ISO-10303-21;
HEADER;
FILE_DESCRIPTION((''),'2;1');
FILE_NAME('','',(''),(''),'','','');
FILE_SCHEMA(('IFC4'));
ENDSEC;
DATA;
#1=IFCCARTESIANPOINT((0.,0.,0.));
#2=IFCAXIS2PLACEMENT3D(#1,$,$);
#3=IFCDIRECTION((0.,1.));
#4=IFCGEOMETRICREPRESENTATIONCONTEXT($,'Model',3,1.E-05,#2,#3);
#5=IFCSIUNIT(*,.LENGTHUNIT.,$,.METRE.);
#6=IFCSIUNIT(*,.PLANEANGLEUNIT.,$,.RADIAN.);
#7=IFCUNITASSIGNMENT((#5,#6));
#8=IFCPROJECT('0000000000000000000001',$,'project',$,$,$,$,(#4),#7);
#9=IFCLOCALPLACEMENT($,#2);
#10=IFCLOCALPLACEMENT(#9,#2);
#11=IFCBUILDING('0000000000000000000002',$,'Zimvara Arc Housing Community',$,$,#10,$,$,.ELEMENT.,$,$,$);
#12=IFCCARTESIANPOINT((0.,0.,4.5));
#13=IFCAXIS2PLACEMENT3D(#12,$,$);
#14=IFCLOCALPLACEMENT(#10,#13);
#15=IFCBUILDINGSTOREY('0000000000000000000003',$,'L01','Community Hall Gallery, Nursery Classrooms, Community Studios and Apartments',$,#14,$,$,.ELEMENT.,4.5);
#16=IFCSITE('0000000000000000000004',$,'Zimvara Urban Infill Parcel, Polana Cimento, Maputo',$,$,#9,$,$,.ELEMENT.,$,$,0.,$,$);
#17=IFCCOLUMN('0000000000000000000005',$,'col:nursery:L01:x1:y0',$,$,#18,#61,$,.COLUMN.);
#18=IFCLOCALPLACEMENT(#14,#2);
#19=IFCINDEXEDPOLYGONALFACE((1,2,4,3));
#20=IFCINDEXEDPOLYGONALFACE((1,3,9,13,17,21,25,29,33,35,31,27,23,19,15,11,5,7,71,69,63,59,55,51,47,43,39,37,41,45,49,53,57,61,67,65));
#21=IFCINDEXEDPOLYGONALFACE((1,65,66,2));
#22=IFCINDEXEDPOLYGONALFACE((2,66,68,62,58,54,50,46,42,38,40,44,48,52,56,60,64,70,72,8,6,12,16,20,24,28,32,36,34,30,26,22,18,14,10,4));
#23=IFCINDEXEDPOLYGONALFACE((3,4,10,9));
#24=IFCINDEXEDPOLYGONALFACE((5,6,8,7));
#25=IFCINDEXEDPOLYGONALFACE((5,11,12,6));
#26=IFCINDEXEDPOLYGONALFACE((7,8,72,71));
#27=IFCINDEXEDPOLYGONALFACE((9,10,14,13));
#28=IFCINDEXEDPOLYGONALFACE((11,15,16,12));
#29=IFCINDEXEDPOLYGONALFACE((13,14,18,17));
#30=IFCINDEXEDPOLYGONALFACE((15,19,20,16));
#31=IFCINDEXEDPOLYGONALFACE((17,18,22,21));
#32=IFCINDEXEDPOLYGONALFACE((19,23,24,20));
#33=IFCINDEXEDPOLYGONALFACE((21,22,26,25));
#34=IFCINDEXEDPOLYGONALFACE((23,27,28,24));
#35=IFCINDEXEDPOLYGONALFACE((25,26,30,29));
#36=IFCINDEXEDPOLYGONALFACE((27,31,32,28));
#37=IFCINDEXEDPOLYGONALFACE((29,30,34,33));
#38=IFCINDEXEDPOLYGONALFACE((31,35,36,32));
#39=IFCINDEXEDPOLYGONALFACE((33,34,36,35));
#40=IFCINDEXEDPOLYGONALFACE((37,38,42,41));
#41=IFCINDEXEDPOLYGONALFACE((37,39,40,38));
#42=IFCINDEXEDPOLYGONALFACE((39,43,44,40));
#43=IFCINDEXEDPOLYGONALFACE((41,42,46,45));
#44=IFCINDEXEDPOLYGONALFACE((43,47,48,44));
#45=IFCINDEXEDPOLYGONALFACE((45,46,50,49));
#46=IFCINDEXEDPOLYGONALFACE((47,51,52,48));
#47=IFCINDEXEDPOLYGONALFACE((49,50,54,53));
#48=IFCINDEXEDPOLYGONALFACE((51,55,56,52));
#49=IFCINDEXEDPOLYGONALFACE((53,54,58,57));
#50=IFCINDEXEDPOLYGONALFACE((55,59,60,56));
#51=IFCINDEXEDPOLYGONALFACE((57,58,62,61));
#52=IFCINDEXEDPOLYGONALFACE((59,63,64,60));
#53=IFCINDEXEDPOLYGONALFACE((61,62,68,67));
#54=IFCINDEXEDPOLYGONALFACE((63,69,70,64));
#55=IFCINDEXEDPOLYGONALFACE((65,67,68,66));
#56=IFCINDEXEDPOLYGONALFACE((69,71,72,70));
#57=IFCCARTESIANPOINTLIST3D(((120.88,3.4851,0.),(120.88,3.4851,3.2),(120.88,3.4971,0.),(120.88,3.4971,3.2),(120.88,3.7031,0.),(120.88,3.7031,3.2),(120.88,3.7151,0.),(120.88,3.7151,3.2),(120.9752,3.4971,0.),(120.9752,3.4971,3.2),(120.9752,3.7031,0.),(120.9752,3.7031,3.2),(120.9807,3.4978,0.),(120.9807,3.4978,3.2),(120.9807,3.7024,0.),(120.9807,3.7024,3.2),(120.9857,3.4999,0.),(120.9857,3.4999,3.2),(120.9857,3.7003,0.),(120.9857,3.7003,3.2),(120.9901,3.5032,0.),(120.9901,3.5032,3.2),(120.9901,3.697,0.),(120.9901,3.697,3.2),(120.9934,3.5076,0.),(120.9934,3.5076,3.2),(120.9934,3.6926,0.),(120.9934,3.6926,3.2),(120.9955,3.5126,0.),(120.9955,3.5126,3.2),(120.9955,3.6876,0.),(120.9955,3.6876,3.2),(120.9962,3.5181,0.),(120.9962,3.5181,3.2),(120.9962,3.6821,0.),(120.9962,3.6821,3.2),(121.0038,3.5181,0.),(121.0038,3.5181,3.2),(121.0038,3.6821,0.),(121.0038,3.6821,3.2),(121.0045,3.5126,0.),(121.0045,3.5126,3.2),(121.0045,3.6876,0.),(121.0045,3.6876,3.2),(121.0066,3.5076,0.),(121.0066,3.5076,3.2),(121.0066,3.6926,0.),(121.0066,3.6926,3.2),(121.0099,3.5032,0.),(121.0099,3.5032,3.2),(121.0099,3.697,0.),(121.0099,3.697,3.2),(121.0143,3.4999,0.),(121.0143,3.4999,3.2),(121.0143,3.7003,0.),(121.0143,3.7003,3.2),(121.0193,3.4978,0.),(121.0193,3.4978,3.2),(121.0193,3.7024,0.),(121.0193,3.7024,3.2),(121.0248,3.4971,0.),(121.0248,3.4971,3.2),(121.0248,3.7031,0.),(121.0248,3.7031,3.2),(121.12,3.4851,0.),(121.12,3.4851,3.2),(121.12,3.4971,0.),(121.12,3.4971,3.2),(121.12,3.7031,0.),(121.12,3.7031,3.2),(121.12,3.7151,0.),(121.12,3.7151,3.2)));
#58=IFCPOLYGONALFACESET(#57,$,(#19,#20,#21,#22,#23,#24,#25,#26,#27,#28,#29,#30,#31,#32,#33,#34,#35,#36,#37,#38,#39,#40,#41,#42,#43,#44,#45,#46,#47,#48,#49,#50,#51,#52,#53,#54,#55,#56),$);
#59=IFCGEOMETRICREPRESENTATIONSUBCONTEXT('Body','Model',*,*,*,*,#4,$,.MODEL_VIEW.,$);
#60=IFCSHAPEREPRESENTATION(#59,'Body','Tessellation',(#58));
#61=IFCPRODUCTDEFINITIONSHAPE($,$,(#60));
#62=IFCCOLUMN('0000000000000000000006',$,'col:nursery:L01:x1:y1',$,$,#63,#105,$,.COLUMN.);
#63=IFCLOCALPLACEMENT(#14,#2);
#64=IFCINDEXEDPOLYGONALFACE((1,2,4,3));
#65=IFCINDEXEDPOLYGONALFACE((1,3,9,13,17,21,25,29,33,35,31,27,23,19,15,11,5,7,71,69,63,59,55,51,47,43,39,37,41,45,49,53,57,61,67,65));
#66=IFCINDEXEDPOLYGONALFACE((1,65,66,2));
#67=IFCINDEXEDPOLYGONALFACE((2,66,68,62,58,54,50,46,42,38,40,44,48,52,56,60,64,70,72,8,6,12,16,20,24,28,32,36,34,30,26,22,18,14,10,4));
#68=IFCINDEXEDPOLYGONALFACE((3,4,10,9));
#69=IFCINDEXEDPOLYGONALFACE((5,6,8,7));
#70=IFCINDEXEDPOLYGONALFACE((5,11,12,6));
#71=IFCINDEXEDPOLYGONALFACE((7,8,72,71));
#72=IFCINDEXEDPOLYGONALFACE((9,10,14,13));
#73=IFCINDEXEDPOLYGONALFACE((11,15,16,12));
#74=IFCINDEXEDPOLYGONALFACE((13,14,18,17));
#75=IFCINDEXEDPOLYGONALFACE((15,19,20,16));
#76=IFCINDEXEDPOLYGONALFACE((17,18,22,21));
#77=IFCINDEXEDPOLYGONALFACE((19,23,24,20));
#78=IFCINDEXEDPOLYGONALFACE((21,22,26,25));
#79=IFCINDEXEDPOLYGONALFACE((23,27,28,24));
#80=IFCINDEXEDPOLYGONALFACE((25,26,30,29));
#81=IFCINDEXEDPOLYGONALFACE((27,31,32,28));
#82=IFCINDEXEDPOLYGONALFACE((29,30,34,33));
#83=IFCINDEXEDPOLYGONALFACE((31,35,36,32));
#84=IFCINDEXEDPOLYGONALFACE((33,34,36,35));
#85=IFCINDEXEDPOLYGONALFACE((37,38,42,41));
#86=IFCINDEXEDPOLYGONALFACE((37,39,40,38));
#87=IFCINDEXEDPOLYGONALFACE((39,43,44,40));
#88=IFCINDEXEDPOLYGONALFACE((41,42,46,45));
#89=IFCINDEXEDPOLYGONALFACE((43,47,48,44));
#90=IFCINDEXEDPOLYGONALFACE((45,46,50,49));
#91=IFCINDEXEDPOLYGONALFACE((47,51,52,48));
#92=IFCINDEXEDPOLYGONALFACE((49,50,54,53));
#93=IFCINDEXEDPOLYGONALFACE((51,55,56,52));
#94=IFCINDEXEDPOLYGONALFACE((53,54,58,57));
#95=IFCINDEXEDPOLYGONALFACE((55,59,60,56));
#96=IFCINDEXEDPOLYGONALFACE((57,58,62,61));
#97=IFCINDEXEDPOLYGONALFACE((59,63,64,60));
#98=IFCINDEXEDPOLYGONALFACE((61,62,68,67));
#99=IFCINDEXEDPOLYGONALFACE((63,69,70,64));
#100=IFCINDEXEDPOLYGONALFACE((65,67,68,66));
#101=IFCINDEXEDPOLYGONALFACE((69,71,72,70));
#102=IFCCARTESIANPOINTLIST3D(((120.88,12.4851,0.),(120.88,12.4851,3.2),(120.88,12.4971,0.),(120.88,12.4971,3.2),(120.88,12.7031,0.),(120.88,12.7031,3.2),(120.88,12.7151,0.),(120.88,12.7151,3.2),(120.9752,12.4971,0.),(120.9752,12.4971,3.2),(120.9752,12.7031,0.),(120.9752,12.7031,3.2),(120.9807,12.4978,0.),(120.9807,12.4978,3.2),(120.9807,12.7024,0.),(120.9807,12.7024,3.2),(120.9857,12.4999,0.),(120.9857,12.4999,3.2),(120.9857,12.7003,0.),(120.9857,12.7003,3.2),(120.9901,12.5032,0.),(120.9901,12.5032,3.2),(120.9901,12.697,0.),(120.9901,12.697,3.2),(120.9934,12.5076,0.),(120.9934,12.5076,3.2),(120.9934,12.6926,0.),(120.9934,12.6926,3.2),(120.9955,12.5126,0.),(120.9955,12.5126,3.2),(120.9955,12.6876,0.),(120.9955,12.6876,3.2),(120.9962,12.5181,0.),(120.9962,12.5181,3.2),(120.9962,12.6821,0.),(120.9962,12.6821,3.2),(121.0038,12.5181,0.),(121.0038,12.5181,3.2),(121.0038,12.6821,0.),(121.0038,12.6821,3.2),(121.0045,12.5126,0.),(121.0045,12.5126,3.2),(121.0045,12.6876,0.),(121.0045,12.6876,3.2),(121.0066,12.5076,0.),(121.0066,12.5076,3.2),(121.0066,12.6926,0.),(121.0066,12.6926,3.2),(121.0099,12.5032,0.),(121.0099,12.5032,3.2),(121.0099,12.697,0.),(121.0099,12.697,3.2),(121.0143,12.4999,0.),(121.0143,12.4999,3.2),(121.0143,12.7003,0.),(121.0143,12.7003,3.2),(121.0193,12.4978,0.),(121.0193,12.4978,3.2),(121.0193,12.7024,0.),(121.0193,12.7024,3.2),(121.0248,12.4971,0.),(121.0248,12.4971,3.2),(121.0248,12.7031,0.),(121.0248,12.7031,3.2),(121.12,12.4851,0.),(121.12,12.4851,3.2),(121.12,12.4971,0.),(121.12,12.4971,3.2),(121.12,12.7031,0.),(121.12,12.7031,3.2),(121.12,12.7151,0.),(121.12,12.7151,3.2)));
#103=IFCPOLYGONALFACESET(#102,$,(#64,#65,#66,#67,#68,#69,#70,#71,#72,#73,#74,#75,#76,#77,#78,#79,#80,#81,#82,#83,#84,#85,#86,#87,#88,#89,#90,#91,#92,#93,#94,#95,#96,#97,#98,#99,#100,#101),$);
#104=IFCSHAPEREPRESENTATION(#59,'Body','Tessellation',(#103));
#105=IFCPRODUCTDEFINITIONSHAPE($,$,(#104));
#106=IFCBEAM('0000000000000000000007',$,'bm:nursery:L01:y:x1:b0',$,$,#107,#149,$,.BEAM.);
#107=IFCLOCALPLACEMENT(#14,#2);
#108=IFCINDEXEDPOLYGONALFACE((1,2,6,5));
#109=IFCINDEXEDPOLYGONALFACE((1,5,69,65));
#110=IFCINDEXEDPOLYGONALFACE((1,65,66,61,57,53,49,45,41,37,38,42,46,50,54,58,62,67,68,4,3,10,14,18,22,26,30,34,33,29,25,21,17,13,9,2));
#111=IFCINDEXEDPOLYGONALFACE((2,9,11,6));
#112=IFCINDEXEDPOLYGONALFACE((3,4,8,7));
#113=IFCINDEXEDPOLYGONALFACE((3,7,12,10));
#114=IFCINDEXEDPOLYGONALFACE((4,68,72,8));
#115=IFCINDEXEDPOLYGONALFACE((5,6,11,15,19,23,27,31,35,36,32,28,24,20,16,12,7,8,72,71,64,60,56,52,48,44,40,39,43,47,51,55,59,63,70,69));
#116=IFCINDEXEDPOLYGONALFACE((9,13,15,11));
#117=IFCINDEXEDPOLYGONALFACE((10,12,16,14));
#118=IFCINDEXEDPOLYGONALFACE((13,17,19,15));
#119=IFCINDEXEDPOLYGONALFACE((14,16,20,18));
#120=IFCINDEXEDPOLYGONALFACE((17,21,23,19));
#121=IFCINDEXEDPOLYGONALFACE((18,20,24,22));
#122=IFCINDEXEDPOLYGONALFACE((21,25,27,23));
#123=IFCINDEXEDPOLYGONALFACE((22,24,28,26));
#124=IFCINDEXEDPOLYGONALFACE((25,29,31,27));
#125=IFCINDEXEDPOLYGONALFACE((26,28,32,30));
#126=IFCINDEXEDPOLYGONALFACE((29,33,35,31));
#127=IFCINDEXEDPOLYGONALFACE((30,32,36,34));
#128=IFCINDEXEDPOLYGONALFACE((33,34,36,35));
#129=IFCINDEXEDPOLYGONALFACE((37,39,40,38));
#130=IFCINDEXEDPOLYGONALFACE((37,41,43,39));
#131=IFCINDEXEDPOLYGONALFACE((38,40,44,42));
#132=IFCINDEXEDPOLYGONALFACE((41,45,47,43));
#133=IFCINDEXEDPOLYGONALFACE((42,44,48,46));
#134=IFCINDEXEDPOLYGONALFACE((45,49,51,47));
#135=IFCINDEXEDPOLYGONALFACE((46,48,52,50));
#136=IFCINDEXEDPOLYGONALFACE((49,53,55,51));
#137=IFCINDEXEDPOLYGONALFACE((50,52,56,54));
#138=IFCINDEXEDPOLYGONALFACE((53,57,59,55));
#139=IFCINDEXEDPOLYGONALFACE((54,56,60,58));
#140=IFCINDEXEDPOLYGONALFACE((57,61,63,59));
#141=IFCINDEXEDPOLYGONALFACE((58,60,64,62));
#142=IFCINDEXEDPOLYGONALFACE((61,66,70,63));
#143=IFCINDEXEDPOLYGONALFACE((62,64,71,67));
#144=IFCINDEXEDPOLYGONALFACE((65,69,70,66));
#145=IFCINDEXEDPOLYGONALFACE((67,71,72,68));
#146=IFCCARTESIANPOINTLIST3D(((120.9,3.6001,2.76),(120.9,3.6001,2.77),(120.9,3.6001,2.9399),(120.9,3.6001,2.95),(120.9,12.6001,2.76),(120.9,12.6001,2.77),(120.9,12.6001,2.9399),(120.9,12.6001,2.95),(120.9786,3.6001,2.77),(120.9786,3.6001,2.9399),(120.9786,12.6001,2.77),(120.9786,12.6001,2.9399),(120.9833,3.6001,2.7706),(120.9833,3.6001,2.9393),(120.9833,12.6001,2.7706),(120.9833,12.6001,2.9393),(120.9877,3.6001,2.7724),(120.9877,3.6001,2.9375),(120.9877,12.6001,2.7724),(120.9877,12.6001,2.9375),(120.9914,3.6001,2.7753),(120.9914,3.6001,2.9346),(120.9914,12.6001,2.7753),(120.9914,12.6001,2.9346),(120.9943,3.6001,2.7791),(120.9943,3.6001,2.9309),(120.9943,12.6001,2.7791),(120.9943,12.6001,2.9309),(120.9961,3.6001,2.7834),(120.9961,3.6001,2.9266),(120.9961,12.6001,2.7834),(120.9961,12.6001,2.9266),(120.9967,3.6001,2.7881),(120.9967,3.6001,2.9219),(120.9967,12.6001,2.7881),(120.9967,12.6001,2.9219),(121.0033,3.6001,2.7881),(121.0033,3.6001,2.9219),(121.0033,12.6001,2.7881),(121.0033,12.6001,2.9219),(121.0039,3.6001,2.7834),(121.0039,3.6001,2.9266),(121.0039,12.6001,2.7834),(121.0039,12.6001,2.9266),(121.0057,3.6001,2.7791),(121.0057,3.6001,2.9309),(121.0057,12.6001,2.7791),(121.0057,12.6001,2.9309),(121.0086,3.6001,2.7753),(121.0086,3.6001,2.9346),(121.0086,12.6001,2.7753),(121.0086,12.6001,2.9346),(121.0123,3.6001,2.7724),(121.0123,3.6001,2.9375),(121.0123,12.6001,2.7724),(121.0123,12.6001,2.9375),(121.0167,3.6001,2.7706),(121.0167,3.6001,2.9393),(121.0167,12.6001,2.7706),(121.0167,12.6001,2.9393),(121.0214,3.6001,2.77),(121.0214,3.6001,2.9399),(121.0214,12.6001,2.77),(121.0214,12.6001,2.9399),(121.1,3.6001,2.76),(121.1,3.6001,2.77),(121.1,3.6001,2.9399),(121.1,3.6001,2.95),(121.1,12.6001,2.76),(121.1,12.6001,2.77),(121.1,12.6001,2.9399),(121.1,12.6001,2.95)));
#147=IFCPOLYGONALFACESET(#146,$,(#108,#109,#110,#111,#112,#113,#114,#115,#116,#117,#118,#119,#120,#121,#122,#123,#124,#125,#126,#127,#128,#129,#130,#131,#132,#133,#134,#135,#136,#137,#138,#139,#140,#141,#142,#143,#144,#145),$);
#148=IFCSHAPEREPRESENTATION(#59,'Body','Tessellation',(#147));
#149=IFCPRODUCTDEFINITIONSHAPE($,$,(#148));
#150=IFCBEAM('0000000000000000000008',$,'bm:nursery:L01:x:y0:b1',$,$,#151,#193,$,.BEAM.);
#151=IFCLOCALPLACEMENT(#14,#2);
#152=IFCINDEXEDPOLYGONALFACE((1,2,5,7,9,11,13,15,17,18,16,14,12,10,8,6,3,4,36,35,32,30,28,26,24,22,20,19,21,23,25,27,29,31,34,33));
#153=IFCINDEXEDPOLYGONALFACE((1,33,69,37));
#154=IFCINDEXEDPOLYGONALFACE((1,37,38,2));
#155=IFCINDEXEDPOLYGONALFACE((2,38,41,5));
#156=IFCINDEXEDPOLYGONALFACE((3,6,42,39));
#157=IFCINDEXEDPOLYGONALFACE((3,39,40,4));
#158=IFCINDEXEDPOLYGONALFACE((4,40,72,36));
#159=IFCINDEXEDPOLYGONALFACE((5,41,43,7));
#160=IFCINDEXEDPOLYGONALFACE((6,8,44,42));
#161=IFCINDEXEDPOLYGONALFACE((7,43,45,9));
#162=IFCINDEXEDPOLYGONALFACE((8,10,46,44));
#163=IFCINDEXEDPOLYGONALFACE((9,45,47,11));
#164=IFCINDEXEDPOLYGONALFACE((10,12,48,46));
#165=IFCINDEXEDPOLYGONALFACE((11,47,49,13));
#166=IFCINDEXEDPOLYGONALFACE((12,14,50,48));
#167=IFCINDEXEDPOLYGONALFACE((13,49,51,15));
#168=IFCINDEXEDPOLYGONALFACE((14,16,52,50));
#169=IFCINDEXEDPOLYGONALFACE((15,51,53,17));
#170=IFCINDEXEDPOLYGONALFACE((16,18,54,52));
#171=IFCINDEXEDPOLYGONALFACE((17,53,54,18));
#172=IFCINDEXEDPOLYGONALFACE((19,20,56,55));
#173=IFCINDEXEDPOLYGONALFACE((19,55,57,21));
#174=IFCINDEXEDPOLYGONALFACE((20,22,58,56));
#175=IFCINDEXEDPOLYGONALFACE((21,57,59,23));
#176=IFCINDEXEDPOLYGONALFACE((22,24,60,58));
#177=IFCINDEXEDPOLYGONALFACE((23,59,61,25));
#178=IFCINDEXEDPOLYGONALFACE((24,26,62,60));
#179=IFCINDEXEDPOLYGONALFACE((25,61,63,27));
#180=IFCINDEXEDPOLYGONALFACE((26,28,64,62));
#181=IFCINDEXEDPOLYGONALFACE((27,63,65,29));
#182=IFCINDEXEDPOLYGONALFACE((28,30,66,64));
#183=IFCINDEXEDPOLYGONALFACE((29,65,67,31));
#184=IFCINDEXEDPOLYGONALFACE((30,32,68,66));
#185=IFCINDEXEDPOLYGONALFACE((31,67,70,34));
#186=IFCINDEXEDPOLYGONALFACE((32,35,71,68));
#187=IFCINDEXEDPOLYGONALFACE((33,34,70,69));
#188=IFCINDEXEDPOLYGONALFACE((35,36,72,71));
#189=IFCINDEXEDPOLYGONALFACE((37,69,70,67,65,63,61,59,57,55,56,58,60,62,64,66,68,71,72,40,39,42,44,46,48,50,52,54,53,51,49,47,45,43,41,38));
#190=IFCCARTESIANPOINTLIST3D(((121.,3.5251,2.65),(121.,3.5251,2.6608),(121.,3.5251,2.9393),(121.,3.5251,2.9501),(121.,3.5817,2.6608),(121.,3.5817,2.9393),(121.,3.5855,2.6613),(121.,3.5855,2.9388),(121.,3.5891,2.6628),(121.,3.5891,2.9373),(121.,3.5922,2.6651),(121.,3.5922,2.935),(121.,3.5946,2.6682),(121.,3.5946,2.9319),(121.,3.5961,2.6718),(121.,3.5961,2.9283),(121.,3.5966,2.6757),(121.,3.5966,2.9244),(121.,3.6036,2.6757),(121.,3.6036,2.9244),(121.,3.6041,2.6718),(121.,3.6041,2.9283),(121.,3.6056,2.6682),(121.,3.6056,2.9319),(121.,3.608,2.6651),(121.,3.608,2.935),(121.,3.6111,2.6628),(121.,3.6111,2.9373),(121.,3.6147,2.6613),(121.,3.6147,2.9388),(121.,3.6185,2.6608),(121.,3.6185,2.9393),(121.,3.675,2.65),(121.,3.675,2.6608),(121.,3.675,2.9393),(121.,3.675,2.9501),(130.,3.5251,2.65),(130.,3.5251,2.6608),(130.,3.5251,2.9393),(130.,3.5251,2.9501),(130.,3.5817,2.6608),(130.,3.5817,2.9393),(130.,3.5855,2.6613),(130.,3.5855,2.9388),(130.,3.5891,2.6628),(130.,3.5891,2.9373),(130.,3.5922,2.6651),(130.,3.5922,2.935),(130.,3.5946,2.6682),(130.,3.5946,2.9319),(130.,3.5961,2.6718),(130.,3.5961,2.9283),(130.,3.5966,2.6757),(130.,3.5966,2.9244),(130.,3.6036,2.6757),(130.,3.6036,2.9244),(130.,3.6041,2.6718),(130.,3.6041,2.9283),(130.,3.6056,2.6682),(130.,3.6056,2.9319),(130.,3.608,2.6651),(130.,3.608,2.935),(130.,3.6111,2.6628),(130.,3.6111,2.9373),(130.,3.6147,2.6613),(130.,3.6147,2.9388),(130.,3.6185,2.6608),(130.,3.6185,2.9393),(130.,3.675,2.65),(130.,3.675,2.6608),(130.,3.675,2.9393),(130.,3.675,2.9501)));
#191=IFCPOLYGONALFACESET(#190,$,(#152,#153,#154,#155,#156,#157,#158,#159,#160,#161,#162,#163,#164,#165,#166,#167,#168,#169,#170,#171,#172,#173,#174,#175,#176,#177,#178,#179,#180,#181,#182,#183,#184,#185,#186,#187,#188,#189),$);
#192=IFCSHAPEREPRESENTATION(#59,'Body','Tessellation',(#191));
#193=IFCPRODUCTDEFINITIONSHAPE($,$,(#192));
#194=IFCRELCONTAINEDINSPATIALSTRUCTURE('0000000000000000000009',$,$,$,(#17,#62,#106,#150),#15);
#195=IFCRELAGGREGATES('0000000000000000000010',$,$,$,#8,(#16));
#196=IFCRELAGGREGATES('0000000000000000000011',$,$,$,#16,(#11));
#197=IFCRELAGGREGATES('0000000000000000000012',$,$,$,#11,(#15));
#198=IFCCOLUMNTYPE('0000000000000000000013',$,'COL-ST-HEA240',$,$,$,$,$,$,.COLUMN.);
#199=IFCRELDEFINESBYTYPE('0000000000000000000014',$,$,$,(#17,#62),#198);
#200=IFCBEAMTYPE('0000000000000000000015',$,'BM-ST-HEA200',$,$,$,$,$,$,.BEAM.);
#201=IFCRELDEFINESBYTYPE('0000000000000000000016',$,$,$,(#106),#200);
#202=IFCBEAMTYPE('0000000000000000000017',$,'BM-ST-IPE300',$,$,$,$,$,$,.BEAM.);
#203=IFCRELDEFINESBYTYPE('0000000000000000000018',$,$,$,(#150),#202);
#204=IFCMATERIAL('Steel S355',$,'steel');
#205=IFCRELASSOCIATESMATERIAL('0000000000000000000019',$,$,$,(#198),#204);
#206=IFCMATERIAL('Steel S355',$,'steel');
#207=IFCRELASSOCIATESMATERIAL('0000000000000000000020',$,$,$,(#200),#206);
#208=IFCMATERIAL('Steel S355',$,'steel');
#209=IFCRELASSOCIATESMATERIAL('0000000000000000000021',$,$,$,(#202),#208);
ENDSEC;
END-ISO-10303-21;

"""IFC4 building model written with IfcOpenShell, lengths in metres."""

from ifc_helpers import new_model, si_unit, direction, frame, origin, origin_2d, place, context, subcontext, project, spatial, i_section, extrude, material, material_profile, profile_set, type_object, element, save


model = new_model("IFC4")

# Units and contexts
model_context = context("Model", 3, precision=1e-05, world=origin(), true_north=direction((0.0, 1.0)))
body_context = subcontext(model_context, "Body", "Model", "MODEL_VIEW")
ifc_project = project(units=[si_unit("LENGTHUNIT", "METRE"), si_unit("PLANEANGLEUNIT", "RADIAN")], contexts=[model_context])

# Site, building, storey
site_placement = place(None, origin())
site = spatial("IfcSite", under=ifc_project, at=site_placement, Name="Zimvara Urban Infill Parcel, Polana Cimento, Maputo", CompositionType="ELEMENT", RefElevation=0.0)
building_placement = place(site_placement, origin())
building = spatial("IfcBuilding", under=site, at=building_placement, Name="Zimvara Arc Housing Community", CompositionType="ELEMENT")
storey_placement = place(building_placement, frame((0.0, 0.0, 4.5)))
storey = spatial("IfcBuildingStorey", under=building, at=storey_placement, Name="L01", Description="Community Hall Gallery, Nursery Classrooms, Community Studios and Apartments", CompositionType="ELEMENT", Elevation=4.5)

# Columns
ifc_material_1 = material(Name="Steel S355", Category="steel")
ifc_material_profile_1 = material_profile(ifc_material_1, i_section(OverallWidth=0.24, OverallDepth=0.23, WebThickness=0.0076, FlangeThickness=0.012, FilletRadius=0.021, at=origin_2d()), Name="HEA 240")
ifc_profile_set_1 = profile_set([ifc_material_profile_1], Name="Steel S355")
column_type = type_object("IfcColumnType", Name="COL-ST-HEA240", PredefinedType="COLUMN", material=ifc_profile_set_1)
for number, where, z_axis, x_axis, name in (
    (1, (121.0, 3.6001, 0.0), (0.0, 0.0, 1.0), (1.0, 0.0, 0.0), "col:nursery:L01:x1:y0"),
    (2, (121.0, 12.6001, 0.0), (0.0, 0.0, 1.0), (1.0, 0.0, 0.0), "col:nursery:L01:x1:y1"),
):
    element("IfcColumn", number, at=place(storey_placement, frame(where, z_axis=z_axis, x_axis=x_axis)), inside=storey, type_object=column_type, Name=name, PredefinedType="COLUMN", context=body_context, shape_type="SweptSolid", body=[
        extrude(i_section(OverallWidth=0.24, OverallDepth=0.23, WebThickness=0.0076, FlangeThickness=0.012, FilletRadius=0.021, at=origin_2d()), origin(), (0.0, 0.0, 1.0), 3.2),
    ])

# Beams
ifc_material_2 = material(Name="Steel S355", Category="steel")
ifc_material_profile_2 = material_profile(ifc_material_2, i_section(OverallWidth=0.2, OverallDepth=0.1899, WebThickness=0.0066, FlangeThickness=0.01, FilletRadius=0.0181, at=origin_2d()), Name="HEA 200")
ifc_profile_set_2 = profile_set([ifc_material_profile_2], Name="Steel S355")
beam_type_1 = type_object("IfcBeamType", Name="BM-ST-HEA200", PredefinedType="BEAM", material=ifc_profile_set_2)
beam_placement = place(storey_placement, frame((121.0, 3.6001, 2.855), z_axis=(0.0, 1.0, 0.0), x_axis=(-1.0, 0.0, 0.0)))
element("IfcBeam", 3, at=beam_placement, inside=storey, type_object=beam_type_1, Name="bm:nursery:L01:y:x1:b0", PredefinedType="BEAM", context=body_context, shape_type="SweptSolid", body=[
    extrude(i_section(OverallWidth=0.2, OverallDepth=0.1899, WebThickness=0.0066, FlangeThickness=0.01, FilletRadius=0.0181, at=origin_2d()), origin(), (0.0, 0.0, 1.0), 9.0),
])
ifc_material_3 = material(Name="Steel S355", Category="steel")
ifc_material_profile_3 = material_profile(ifc_material_3, i_section(OverallWidth=0.1499, OverallDepth=0.3, WebThickness=0.0071, FlangeThickness=0.0107, FilletRadius=0.0149, at=origin_2d()), Name="IPE 300")
ifc_profile_set_3 = profile_set([ifc_material_profile_3], Name="Steel S355")
beam_type_2 = type_object("IfcBeamType", Name="BM-ST-IPE300", PredefinedType="BEAM", material=ifc_profile_set_3)
for number, where, z_axis, x_axis, name in (
    (4, (121.0, 3.6001, 2.8), (1.0, 0.0, 0.0), (0.0, 1.0, 0.0), "bm:nursery:L01:x:y0:b1"),
):
    element("IfcBeam", number, at=place(storey_placement, frame(where, z_axis=z_axis, x_axis=x_axis)), inside=storey, type_object=beam_type_2, Name=name, PredefinedType="BEAM", context=body_context, shape_type="SweptSolid", body=[
        extrude(i_section(OverallWidth=0.1499, OverallDepth=0.3, WebThickness=0.0071, FlangeThickness=0.0107, FilletRadius=0.0149, at=origin_2d()), origin(), (0.0, 0.0, 1.0), 9.0),
    ])

save(model, "model.ifc")
